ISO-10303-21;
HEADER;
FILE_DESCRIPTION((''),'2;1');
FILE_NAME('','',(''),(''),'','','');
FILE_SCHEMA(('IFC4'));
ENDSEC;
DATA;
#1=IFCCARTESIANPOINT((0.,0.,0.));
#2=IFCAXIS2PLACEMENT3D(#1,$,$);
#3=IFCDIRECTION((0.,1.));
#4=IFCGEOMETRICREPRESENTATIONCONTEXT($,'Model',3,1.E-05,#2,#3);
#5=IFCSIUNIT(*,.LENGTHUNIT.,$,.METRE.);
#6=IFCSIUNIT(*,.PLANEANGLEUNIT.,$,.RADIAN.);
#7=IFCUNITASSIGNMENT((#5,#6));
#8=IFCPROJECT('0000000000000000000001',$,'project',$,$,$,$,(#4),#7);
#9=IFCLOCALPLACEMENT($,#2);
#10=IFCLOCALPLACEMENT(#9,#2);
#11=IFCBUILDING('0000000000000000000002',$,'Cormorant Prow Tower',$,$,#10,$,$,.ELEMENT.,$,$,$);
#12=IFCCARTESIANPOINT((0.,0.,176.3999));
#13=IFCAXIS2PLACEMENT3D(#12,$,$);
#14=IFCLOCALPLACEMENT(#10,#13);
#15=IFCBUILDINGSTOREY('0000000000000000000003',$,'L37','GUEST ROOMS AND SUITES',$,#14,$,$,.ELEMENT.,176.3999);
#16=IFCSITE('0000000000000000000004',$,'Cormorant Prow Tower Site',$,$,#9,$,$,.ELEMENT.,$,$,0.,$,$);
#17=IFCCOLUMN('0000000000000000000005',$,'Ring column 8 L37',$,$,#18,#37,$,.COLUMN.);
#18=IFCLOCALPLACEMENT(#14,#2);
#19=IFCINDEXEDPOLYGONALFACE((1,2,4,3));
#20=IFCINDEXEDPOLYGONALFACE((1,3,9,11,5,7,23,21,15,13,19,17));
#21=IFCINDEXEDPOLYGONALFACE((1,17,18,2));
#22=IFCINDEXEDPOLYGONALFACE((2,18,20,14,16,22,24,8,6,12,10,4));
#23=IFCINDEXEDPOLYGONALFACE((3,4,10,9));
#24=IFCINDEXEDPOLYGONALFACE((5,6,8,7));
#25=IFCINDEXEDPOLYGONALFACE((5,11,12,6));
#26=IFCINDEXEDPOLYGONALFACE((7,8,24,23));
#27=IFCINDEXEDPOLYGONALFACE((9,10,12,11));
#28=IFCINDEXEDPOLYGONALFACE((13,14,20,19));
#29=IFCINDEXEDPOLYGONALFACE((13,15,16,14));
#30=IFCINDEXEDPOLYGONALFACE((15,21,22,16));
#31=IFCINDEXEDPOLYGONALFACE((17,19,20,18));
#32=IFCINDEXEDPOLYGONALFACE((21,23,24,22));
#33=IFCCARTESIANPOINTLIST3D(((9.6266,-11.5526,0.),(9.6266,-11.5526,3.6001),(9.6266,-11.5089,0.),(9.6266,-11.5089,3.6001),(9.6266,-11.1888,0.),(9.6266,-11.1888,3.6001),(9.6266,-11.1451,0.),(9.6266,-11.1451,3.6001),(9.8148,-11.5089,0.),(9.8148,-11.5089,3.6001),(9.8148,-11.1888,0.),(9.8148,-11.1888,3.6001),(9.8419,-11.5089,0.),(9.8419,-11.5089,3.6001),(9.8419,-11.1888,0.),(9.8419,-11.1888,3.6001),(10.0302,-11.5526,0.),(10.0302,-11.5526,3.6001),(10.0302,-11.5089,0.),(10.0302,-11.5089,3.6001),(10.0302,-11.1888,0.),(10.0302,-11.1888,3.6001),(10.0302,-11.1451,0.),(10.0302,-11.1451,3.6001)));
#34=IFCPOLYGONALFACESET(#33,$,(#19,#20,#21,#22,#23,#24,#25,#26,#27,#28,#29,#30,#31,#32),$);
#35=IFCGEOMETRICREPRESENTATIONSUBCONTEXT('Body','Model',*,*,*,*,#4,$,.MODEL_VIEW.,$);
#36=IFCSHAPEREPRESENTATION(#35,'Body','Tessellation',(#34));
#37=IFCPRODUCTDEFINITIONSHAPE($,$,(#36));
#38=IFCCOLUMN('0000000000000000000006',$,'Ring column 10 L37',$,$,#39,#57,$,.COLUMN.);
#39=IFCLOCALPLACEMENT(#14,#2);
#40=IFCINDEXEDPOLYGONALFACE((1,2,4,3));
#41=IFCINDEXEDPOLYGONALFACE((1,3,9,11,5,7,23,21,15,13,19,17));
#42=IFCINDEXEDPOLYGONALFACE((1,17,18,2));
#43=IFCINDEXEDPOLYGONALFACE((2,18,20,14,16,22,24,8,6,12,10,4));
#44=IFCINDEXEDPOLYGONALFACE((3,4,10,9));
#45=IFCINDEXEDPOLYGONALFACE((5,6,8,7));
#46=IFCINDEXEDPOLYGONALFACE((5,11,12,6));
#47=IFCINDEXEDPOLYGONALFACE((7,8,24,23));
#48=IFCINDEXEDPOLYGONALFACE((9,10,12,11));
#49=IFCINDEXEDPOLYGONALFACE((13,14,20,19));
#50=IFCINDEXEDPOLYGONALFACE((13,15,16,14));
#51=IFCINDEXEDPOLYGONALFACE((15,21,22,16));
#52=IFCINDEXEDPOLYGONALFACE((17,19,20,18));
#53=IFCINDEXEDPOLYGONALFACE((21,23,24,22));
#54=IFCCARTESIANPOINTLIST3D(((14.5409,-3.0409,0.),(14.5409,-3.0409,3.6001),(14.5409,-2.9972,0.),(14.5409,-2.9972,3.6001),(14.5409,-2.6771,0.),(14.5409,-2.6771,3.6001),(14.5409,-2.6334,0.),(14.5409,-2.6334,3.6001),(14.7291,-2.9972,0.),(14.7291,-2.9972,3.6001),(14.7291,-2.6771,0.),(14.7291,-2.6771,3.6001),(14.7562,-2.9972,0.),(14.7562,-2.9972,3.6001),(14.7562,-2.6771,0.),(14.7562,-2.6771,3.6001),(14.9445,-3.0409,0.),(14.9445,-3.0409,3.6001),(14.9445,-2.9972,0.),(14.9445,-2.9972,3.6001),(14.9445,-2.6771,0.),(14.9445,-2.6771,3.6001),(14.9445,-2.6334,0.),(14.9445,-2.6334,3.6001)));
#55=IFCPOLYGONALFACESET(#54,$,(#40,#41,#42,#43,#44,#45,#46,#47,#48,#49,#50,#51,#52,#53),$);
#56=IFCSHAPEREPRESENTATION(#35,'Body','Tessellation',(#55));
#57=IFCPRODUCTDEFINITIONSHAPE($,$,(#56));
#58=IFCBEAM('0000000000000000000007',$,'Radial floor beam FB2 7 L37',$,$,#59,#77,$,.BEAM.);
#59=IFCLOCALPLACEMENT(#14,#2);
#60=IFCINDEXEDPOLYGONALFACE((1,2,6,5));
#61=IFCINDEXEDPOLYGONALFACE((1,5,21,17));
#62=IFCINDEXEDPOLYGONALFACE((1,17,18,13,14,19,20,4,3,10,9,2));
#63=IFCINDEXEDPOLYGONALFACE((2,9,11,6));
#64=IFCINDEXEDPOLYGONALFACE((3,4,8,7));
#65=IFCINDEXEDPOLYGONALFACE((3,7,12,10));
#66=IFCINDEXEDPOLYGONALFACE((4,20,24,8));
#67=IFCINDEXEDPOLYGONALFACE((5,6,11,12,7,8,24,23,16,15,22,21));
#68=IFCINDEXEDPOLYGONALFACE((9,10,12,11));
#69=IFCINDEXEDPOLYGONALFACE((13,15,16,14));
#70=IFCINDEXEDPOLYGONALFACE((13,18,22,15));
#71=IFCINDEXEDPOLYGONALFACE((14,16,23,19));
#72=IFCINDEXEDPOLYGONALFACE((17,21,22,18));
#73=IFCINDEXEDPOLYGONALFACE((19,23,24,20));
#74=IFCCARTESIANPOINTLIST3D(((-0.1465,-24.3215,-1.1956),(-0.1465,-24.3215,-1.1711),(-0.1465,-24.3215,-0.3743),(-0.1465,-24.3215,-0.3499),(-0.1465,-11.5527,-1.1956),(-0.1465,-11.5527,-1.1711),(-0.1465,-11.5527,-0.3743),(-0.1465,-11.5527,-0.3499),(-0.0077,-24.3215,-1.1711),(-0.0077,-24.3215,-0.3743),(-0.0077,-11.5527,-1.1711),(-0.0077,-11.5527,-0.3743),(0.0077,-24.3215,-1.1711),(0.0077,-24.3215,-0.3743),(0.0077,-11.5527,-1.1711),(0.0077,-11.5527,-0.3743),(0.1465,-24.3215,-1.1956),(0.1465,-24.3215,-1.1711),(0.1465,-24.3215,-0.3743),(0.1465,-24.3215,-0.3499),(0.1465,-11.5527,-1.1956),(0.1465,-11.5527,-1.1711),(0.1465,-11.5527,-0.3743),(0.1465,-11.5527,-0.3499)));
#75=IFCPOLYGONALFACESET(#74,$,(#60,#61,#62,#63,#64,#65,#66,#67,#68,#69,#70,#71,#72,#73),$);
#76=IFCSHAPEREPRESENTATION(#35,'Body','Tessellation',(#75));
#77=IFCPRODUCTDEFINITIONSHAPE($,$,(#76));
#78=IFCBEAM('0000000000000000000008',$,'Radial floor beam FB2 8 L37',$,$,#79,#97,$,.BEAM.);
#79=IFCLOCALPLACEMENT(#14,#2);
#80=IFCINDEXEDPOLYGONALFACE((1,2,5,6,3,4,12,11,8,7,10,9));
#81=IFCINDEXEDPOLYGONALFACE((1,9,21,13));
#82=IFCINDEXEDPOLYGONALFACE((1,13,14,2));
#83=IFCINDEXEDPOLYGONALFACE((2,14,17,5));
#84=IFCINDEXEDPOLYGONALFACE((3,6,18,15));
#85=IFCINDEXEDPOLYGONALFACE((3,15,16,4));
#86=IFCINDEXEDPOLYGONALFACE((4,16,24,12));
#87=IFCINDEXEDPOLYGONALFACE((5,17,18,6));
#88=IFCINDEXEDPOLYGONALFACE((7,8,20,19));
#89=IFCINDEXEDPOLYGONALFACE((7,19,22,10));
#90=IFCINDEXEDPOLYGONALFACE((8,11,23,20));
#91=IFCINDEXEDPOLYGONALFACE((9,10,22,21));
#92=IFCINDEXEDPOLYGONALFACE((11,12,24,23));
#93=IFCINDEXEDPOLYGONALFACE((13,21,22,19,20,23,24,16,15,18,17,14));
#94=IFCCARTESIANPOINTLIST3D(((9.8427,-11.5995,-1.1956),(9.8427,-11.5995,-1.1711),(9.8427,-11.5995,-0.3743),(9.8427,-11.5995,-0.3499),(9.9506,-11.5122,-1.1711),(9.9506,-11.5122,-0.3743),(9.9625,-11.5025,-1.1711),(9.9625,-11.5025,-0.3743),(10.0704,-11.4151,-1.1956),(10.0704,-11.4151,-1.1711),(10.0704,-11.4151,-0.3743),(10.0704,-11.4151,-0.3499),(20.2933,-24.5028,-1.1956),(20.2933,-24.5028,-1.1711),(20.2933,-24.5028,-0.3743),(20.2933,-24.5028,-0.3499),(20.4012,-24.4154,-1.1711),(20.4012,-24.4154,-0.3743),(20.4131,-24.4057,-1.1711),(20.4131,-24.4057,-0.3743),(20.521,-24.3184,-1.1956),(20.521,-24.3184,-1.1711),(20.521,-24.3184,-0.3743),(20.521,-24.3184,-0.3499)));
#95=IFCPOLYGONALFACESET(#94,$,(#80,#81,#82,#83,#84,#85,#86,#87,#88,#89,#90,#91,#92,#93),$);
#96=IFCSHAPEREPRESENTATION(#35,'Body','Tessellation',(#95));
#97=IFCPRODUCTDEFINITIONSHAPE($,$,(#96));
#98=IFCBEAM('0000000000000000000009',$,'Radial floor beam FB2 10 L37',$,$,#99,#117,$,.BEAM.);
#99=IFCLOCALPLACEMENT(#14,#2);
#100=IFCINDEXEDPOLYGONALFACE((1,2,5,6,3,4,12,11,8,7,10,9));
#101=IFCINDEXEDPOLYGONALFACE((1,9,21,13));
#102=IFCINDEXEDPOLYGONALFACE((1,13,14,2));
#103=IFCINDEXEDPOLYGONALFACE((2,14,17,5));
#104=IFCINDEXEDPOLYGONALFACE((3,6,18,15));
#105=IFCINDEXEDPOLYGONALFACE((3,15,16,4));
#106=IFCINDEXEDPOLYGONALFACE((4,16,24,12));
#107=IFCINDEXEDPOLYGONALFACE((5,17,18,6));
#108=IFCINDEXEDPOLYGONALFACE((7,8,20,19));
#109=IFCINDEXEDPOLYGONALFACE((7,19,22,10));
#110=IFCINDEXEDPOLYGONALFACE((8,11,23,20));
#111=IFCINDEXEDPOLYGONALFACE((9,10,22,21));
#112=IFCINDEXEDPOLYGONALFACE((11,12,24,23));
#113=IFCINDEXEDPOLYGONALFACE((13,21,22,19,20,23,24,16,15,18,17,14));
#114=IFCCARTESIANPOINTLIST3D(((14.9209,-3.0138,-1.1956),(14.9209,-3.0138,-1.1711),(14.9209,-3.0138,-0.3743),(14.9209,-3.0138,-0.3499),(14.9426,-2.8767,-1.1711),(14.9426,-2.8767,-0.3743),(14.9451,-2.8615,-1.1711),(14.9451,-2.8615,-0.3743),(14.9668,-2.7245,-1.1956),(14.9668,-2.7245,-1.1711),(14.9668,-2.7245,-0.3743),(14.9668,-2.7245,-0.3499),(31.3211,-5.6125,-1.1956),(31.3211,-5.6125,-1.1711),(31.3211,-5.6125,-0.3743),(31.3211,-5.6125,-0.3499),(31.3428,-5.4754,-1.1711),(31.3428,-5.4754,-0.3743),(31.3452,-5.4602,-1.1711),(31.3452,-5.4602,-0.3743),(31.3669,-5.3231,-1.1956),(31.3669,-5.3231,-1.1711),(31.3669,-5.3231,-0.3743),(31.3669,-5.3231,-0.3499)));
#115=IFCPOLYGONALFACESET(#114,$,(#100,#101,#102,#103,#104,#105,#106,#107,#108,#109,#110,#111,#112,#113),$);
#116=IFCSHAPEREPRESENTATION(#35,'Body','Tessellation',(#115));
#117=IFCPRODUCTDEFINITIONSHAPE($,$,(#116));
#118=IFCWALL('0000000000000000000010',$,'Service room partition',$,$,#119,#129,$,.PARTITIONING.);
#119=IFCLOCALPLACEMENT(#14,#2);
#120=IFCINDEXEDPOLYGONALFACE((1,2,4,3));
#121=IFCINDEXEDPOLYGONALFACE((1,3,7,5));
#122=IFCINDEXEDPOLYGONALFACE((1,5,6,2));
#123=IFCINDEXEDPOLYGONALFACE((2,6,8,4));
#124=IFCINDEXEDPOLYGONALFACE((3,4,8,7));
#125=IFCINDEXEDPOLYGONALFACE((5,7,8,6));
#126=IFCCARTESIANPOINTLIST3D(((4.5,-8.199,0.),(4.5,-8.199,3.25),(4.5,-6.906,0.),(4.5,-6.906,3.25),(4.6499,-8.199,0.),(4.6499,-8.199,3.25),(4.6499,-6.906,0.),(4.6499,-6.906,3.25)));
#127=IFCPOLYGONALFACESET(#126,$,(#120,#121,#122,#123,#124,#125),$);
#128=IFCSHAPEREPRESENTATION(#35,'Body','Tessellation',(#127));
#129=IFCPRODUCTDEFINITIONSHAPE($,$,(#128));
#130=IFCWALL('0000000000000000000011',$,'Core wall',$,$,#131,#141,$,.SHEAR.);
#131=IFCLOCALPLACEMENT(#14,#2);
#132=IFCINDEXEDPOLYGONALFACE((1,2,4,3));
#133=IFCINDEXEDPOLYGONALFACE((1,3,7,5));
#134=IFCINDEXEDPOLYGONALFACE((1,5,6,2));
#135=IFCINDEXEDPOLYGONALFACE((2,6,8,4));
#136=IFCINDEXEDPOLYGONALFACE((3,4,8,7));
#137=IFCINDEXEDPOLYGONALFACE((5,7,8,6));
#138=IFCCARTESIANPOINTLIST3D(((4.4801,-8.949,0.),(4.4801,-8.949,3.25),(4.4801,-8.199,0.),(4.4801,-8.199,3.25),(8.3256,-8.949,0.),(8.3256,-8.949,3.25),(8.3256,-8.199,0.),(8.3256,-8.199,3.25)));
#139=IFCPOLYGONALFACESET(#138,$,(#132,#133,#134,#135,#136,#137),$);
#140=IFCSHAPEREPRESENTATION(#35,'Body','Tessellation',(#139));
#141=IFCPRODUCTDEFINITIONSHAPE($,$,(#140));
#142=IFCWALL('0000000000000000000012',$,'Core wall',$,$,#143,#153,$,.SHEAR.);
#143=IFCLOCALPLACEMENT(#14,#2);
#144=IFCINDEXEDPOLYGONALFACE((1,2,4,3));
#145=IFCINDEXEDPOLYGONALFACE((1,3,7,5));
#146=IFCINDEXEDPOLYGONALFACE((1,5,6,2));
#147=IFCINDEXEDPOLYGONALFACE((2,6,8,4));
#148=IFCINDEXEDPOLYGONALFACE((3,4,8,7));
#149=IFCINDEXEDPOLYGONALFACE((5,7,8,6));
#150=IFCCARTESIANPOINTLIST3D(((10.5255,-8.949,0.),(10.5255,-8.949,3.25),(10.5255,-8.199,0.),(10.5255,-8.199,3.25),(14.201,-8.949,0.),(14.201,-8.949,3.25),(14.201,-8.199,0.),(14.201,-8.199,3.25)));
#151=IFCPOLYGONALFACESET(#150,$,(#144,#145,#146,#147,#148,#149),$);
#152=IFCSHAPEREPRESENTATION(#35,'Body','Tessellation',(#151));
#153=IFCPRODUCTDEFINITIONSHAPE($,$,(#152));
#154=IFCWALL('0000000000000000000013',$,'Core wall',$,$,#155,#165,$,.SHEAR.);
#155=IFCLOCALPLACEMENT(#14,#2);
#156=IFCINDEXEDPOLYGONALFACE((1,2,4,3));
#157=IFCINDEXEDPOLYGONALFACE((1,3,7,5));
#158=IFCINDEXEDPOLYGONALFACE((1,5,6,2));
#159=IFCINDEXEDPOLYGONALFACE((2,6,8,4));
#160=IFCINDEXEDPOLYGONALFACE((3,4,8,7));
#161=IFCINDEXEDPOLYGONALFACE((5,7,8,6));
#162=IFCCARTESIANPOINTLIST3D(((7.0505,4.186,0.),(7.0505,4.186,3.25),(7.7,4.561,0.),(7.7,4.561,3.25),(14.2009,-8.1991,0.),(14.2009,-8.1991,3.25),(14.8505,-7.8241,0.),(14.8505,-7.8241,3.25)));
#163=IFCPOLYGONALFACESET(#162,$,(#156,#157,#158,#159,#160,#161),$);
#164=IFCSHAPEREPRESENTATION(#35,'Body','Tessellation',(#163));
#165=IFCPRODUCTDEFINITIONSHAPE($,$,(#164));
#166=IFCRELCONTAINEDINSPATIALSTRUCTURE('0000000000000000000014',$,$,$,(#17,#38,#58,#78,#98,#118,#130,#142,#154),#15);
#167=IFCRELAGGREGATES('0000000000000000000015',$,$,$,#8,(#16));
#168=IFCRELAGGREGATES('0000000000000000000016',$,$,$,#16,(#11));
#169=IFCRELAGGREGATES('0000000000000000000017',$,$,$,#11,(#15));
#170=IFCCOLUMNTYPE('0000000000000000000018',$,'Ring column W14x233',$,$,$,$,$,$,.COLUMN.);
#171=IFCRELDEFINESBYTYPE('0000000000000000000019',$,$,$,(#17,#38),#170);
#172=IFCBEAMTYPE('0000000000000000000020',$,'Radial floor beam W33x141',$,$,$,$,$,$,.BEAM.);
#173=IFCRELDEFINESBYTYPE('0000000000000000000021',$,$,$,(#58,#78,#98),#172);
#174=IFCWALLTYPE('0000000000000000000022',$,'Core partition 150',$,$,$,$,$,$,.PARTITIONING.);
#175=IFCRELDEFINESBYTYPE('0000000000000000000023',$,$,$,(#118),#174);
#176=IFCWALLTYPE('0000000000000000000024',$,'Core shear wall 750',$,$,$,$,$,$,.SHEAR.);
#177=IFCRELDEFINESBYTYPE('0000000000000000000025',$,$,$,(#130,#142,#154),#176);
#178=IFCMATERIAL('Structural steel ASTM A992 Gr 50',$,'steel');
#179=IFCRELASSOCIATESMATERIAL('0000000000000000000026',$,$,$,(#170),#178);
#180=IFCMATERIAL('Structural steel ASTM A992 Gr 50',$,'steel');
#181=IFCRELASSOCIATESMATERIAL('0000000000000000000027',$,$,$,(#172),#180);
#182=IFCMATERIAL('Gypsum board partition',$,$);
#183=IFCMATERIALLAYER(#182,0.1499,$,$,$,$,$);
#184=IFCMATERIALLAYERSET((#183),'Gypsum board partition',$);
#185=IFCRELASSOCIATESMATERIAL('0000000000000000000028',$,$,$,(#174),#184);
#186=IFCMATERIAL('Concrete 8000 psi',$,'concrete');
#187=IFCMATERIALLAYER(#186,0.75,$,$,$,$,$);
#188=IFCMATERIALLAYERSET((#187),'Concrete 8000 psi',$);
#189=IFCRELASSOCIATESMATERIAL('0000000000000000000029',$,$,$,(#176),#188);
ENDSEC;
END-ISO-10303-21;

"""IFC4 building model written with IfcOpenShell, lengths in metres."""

from ifc_helpers import new_model, si_unit, direction, frame, frame_2d, origin, origin_2d, place, context, subcontext, project, spatial, rectangle, i_section, extrude, material, layer, layer_set, material_profile, profile_set, type_object, element, save


model = new_model("IFC4")

# Units and contexts
model_context = context("Model", 3, precision=1e-05, world=origin(), true_north=direction((0.0, 1.0)))
body_context = subcontext(model_context, "Body", "Model", "MODEL_VIEW")
ifc_project = project(units=[si_unit("LENGTHUNIT", "METRE"), si_unit("PLANEANGLEUNIT", "RADIAN")], contexts=[model_context])

# Site, building, storey
site_placement = place(None, origin())
site = spatial("IfcSite", under=ifc_project, at=site_placement, Name="Cormorant Prow Tower Site", CompositionType="ELEMENT", RefElevation=0.0)
building_placement = place(site_placement, origin())
building = spatial("IfcBuilding", under=site, at=building_placement, Name="Cormorant Prow Tower", CompositionType="ELEMENT")
storey_placement = place(building_placement, frame((0.0, 0.0, 176.3999)))
storey = spatial("IfcBuildingStorey", under=building, at=storey_placement, Name="L37", Description="GUEST ROOMS AND SUITES", CompositionType="ELEMENT", Elevation=176.3999)

# Columns
ifc_material_1 = material(Name="Structural steel ASTM A992 Gr 50", Category="steel")
ifc_material_profile_1 = material_profile(ifc_material_1, i_section(OverallWidth=0.4036, OverallDepth=0.4075, WebThickness=0.0271, FlangeThickness=0.0437, at=origin_2d()), Name="W14x233")
ifc_profile_set_1 = profile_set([ifc_material_profile_1], Name="Structural steel ASTM A992 Gr 50")
column_type = type_object("IfcColumnType", Name="Ring column W14x233", PredefinedType="COLUMN", material=ifc_profile_set_1)
for number, where, z_axis, x_axis, name in (
    (1, (9.8284, -11.3489, 0.0), (0.0, 0.0, 1.0), (1.0, 0.0, 0.0), "Ring column 8 L37"),
    (2, (14.7427, -2.8372, 0.0), (0.0, 0.0, 1.0), (1.0, 0.0, 0.0), "Ring column 10 L37"),
):
    element("IfcColumn", number, at=place(storey_placement, frame(where, z_axis=z_axis, x_axis=x_axis)), inside=storey, type_object=column_type, Name=name, PredefinedType="COLUMN", context=body_context, shape_type="SweptSolid", body=[
        extrude(i_section(OverallWidth=0.4036, OverallDepth=0.4075, WebThickness=0.0271, FlangeThickness=0.0437, at=origin_2d()), origin(), (0.0, 0.0, 1.0), 3.6001),
    ])

# Beams
ifc_material_2 = material(Name="Structural steel ASTM A992 Gr 50", Category="steel")
ifc_material_profile_2 = material_profile(ifc_material_2, i_section(OverallWidth=0.293, OverallDepth=0.8457, WebThickness=0.0154, FlangeThickness=0.0244, at=origin_2d()), Name="W33x141")
ifc_profile_set_2 = profile_set([ifc_material_profile_2], Name="Structural steel ASTM A992 Gr 50")
beam_type = type_object("IfcBeamType", Name="Radial floor beam W33x141", PredefinedType="BEAM", material=ifc_profile_set_2)
beam_1_placement = place(storey_placement, frame((0.0, -11.5527, -0.7727), z_axis=(0.0, -1.0, 0.0), x_axis=(1.0, 0.0, 0.0)))
element("IfcBeam", 3, at=beam_1_placement, inside=storey, type_object=beam_type, Name="Radial floor beam FB2 7 L37", PredefinedType="BEAM", context=body_context, shape_type="SweptSolid", body=[
    extrude(i_section(OverallWidth=0.293, OverallDepth=0.8457, WebThickness=0.0154, FlangeThickness=0.0244, at=origin_2d()), origin(), (0.0, 0.0, 1.0), 12.7688),
])
beam_2_placement = place(storey_placement, frame((9.9565, -11.5073, -0.7727), z_axis=(0.629385, -0.777094, 0.0), x_axis=(0.777094, 0.629385, 0.0)))
element("IfcBeam", 4, at=beam_2_placement, inside=storey, type_object=beam_type, Name="Radial floor beam FB2 8 L37", PredefinedType="BEAM", context=body_context, shape_type="SweptSolid", body=[
    extrude(i_section(OverallWidth=0.293, OverallDepth=0.8457, WebThickness=0.0154, FlangeThickness=0.0244, at=origin_2d()), origin(), (0.0, 0.0, 1.0), 16.6045),
])
beam_3_placement = place(storey_placement, frame((14.9438, -2.8691, -0.7727), z_axis=(0.987678, -0.156499, 0.0), x_axis=(0.156499, 0.987678, 0.0)))
element("IfcBeam", 5, at=beam_3_placement, inside=storey, type_object=beam_type, Name="Radial floor beam FB2 10 L37", PredefinedType="BEAM", context=body_context, shape_type="SweptSolid", body=[
    extrude(i_section(OverallWidth=0.293, OverallDepth=0.8457, WebThickness=0.0154, FlangeThickness=0.0244, at=origin_2d()), origin(), (0.0, 0.0, 1.0), 16.6047),
])

# Walls
ifc_material_3 = material(Name="Gypsum board partition")
ifc_layer_1 = layer(ifc_material_3, 0.1499)
ifc_layer_set_1 = layer_set([ifc_layer_1], Name="Gypsum board partition")
wall_type_1 = type_object("IfcWallType", Name="Core partition 150", PredefinedType="PARTITIONING", material=ifc_layer_set_1)
wall_1_placement = place(storey_placement, frame((4.575, -6.906, 0.0), z_axis=(0.0, 0.0, 1.0), x_axis=(0.0, -1.0, 0.0)))
element("IfcWall", 6, at=wall_1_placement, inside=storey, type_object=wall_type_1, Name="Service room partition", PredefinedType="PARTITIONING", context=body_context, shape_type="SweptSolid", body=[
    extrude(rectangle(XDim=1.293, YDim=0.1499, at=frame_2d((0.6465, 0.0))), origin(), (0.0, 0.0, 1.0), 3.25),
])
ifc_material_4 = material(Name="Concrete 8000 psi", Category="concrete")
ifc_layer_2 = layer(ifc_material_4, 0.75)
ifc_layer_set_2 = layer_set([ifc_layer_2], Name="Concrete 8000 psi")
wall_type_2 = type_object("IfcWallType", Name="Core shear wall 750", PredefinedType="SHEAR", material=ifc_layer_set_2)
wall_2_placement = place(storey_placement, frame((4.48, -8.574, 0.0), z_axis=(0.0, 0.0, 1.0), x_axis=(1.0, 0.0, 0.0)))
element("IfcWall", 7, at=wall_2_placement, inside=storey, type_object=wall_type_2, Name="Core wall", PredefinedType="SHEAR", context=body_context, shape_type="SweptSolid", body=[
    extrude(rectangle(XDim=3.8455, YDim=0.75, at=frame_2d((1.9229, 0.0))), origin(), (0.0, 0.0, 1.0), 3.25),
])
wall_3_placement = place(storey_placement, frame((10.5254, -8.574, 0.0), z_axis=(0.0, 0.0, 1.0), x_axis=(1.0, 0.0, 0.0)))
element("IfcWall", 8, at=wall_3_placement, inside=storey, type_object=wall_type_2, Name="Core wall", PredefinedType="SHEAR", context=body_context, shape_type="SweptSolid", body=[
    extrude(rectangle(XDim=3.6755, YDim=0.75, at=frame_2d((1.8379, 0.0))), origin(), (0.0, 0.0, 1.0), 3.25),
])
wall_4_placement = place(storey_placement, frame((14.5256, -8.0115, 0.0), z_axis=(0.0, 0.0, 1.0), x_axis=(-0.499995, 0.866028, 0.0)))
element("IfcWall", 9, at=wall_4_placement, inside=storey, type_object=wall_type_2, Name="Core wall", PredefinedType="SHEAR", context=body_context, shape_type="SweptSolid", body=[
    extrude(rectangle(XDim=14.301, YDim=0.75, at=frame_2d((7.1504, 0.0))), origin(), (0.0, 0.0, 1.0), 3.25),
])

save(model, "model.ifc")
